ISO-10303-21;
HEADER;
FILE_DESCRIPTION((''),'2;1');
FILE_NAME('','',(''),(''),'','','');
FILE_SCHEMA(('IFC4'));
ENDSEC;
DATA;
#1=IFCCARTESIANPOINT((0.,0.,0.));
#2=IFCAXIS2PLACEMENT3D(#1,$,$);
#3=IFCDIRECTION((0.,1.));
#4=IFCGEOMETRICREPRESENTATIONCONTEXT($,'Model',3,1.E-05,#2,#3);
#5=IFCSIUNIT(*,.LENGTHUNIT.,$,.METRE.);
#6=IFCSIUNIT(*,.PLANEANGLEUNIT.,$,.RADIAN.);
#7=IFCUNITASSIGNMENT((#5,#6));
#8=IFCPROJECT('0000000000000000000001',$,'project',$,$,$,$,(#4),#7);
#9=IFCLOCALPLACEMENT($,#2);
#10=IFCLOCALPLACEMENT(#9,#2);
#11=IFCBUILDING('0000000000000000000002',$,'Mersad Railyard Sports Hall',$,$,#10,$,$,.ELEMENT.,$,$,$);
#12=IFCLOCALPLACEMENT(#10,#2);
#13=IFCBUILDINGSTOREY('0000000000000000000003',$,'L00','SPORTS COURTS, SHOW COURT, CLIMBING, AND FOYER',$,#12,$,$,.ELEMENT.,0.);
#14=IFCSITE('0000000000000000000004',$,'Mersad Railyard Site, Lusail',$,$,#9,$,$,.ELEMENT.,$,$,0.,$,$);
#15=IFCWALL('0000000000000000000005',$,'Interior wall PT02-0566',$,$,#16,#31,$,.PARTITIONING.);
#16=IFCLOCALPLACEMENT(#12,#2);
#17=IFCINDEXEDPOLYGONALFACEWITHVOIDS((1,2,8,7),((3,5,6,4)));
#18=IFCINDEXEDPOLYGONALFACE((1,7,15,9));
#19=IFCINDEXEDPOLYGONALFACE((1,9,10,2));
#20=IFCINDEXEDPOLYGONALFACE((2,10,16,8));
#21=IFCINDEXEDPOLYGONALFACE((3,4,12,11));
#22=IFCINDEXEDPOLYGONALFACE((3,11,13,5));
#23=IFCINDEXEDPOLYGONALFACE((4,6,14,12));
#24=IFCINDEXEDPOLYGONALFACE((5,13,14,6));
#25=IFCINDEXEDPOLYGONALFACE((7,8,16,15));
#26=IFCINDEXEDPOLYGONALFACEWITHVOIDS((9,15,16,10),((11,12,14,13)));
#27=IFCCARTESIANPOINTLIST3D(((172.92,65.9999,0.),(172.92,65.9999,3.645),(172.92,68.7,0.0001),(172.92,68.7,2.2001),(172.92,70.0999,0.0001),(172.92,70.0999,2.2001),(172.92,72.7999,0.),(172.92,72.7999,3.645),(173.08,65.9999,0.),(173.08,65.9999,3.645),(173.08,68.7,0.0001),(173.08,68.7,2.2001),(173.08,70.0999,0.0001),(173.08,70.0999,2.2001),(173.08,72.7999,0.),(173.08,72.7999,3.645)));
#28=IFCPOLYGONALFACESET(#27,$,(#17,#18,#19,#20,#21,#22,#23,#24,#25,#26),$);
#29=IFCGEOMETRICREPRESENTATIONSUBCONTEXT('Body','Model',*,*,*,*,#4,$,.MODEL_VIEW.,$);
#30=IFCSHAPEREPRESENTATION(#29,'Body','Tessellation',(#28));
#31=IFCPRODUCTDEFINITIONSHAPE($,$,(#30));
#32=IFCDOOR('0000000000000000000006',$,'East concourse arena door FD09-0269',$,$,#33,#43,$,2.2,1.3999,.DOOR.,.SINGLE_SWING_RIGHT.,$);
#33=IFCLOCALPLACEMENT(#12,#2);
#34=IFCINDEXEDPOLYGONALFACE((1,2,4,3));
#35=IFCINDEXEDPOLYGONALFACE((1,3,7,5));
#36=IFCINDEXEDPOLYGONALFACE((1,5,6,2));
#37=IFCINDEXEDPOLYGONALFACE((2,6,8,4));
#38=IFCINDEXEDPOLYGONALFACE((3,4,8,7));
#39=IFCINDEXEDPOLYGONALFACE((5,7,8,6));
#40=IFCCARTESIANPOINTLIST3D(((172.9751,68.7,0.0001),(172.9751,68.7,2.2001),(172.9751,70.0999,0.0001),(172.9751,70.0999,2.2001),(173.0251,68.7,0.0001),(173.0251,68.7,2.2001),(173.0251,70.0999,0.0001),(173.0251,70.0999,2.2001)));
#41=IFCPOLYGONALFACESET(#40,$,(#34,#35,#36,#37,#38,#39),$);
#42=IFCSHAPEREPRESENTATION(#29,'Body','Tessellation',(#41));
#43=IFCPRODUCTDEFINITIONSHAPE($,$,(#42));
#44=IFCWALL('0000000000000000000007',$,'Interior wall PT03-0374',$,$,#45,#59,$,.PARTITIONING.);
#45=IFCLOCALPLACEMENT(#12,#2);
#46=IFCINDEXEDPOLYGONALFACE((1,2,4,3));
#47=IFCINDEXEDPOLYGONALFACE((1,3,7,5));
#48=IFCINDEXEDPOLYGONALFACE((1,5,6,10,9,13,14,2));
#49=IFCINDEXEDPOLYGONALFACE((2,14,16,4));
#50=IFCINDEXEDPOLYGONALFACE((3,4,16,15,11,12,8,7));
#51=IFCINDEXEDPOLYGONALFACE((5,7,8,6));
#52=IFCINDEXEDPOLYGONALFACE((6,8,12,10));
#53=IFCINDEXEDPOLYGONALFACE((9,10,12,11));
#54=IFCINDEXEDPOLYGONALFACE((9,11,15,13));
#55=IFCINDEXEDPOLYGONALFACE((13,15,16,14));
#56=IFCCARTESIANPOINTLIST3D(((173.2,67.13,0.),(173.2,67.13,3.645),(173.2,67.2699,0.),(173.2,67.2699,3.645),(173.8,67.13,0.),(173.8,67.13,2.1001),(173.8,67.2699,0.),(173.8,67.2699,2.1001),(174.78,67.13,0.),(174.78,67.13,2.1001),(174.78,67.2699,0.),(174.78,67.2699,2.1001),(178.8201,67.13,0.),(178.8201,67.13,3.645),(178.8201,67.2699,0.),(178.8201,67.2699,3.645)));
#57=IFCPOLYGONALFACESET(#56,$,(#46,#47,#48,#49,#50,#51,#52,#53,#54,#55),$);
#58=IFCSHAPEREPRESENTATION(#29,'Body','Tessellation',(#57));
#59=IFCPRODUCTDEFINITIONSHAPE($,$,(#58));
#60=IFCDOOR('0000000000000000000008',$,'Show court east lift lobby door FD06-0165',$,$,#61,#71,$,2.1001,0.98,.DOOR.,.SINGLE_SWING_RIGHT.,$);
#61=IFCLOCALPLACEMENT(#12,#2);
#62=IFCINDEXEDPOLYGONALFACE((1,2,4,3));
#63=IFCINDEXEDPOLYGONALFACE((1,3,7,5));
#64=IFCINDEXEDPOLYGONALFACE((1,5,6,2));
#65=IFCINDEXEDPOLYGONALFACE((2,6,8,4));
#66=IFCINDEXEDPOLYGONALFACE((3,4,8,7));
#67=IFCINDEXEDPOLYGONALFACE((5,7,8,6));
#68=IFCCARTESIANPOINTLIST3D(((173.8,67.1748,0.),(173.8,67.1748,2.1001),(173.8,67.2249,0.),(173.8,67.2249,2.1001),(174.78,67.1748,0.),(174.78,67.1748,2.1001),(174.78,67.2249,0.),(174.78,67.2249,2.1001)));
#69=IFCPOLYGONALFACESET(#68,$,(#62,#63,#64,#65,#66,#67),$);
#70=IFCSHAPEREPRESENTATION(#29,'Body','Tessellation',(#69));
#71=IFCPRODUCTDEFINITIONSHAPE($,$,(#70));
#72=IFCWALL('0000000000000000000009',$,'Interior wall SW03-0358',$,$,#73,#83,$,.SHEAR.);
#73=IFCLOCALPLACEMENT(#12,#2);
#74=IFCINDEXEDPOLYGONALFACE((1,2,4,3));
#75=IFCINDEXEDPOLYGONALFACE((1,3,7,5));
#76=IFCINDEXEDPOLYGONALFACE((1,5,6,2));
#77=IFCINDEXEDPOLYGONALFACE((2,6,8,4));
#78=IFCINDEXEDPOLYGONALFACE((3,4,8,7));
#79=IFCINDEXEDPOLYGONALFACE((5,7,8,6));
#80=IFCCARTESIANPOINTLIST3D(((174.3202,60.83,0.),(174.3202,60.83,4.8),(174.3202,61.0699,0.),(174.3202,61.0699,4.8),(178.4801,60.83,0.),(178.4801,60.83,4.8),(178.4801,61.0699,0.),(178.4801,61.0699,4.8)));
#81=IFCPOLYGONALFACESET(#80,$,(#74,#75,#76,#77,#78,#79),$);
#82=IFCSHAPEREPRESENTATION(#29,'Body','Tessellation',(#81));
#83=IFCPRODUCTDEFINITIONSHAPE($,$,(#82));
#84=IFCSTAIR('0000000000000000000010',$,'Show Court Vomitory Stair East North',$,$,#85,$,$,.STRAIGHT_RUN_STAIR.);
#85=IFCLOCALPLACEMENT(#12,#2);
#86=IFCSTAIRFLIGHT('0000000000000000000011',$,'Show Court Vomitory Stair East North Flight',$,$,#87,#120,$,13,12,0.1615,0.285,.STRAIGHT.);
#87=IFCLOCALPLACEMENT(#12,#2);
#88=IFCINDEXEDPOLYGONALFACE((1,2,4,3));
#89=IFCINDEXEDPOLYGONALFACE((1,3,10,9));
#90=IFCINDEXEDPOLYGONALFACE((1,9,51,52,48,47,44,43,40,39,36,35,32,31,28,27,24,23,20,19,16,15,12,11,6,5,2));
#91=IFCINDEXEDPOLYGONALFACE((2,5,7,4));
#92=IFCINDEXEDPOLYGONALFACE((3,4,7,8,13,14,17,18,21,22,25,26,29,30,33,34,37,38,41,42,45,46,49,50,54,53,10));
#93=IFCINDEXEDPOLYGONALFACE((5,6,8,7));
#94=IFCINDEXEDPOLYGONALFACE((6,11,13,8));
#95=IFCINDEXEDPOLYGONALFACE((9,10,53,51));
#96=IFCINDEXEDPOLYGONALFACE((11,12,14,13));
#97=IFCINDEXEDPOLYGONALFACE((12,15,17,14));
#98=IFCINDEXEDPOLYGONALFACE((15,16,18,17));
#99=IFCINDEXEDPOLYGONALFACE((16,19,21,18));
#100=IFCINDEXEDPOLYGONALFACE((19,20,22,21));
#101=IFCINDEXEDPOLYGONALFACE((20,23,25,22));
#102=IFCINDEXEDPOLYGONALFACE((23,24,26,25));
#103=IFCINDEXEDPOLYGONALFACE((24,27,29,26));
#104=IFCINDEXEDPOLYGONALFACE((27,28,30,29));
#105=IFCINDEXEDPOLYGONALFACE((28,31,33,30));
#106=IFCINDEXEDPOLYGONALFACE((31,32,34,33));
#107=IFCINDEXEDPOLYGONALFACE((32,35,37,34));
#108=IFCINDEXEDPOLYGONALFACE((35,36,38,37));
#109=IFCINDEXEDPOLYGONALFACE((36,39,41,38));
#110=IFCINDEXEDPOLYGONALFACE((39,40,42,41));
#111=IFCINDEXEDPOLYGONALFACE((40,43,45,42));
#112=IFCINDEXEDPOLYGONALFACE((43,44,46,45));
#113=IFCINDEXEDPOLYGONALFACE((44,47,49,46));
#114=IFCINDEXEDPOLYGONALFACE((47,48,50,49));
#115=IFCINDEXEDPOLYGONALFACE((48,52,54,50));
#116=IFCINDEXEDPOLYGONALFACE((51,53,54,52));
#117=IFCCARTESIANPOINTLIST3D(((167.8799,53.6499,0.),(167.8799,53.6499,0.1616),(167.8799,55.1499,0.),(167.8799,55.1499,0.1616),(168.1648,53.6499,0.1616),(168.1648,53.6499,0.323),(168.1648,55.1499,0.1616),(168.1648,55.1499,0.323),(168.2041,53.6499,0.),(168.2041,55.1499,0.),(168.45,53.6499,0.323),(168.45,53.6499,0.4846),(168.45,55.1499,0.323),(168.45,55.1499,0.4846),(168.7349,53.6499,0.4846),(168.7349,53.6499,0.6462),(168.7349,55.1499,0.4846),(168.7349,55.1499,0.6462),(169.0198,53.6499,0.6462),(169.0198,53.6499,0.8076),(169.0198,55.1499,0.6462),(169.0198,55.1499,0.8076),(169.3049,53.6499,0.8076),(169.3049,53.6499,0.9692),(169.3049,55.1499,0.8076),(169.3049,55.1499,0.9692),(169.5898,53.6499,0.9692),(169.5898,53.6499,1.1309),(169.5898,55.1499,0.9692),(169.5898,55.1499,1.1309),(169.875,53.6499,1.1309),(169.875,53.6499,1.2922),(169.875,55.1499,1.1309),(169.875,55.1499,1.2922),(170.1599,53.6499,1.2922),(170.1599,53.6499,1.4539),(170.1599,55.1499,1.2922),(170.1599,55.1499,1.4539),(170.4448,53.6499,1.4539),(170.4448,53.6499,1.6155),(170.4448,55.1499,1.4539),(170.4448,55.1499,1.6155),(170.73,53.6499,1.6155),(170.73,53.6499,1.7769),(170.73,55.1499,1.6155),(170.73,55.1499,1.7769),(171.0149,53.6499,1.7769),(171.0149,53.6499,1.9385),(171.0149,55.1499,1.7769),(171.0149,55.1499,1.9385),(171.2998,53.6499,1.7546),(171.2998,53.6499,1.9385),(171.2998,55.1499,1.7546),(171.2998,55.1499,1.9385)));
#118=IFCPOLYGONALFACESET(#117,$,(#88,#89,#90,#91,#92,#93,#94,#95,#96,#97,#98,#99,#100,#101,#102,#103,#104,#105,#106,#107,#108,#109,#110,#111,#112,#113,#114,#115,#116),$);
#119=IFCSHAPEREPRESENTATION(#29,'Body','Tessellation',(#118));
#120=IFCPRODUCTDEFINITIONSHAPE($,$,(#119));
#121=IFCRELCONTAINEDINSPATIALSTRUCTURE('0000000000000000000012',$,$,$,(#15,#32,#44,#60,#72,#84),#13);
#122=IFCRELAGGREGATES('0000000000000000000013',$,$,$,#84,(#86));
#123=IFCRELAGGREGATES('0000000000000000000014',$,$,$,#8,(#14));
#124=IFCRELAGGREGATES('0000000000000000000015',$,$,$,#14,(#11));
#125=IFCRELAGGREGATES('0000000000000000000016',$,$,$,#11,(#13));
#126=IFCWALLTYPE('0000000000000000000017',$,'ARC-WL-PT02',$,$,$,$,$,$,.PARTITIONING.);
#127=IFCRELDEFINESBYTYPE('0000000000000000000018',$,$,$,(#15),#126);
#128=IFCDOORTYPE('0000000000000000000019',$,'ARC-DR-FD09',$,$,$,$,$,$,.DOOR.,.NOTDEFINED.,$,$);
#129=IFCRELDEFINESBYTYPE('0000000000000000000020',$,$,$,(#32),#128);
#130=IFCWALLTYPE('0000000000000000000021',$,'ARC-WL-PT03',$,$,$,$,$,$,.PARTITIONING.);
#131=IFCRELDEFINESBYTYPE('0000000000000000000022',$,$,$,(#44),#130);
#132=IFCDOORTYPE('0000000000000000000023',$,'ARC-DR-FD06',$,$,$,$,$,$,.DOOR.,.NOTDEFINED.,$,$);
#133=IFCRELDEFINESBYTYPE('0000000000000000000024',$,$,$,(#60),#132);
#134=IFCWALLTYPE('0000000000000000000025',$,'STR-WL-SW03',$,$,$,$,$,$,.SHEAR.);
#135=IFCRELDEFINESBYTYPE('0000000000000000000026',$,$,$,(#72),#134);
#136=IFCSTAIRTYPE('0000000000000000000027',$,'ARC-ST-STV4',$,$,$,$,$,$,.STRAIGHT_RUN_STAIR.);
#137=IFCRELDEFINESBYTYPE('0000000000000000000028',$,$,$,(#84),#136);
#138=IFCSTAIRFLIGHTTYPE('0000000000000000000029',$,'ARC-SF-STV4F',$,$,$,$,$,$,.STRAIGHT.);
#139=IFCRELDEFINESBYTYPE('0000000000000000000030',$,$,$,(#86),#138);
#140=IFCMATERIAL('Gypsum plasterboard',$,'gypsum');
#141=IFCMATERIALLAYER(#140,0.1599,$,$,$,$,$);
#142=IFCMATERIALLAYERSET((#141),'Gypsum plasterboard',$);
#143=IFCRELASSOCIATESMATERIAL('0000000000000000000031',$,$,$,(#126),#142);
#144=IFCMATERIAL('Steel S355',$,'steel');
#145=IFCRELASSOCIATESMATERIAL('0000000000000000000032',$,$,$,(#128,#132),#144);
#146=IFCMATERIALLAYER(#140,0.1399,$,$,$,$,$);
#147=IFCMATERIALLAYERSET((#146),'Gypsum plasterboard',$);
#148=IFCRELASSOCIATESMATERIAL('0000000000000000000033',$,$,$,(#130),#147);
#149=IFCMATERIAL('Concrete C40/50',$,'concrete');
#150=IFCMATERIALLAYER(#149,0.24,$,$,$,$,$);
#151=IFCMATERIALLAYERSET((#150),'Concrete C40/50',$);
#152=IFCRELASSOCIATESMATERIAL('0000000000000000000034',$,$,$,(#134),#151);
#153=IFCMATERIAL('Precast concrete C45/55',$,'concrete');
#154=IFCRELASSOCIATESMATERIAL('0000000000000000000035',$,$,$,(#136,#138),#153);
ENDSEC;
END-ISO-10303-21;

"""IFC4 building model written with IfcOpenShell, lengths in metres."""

from ifc_helpers import new_model, si_unit, direction, frame, frame_2d, origin, place, context, subcontext, project, spatial, polyline, rectangle, outline, extrude, material, layer, layer_set, type_object, element, fill, aggregate, save


model = new_model("IFC4")

# Units and contexts
model_context = context("Model", 3, precision=1e-05, world=origin(), true_north=direction((0.0, 1.0)))
body_context = subcontext(model_context, "Body", "Model", "MODEL_VIEW")
ifc_project = project(units=[si_unit("LENGTHUNIT", "METRE"), si_unit("PLANEANGLEUNIT", "RADIAN")], contexts=[model_context])

# Site, building, storey
site_placement = place(None, origin())
site = spatial("IfcSite", under=ifc_project, at=site_placement, Name="Mersad Railyard Site, Lusail", CompositionType="ELEMENT", RefElevation=0.0)
building_placement = place(site_placement, origin())
building = spatial("IfcBuilding", under=site, at=building_placement, Name="Mersad Railyard Sports Hall", CompositionType="ELEMENT")
storey_placement = place(building_placement, origin())
storey = spatial("IfcBuildingStorey", under=building, at=storey_placement, Name="L00", Description="SPORTS COURTS, SHOW COURT, CLIMBING, AND FOYER", CompositionType="ELEMENT", Elevation=0.0)

# Shared definitions
ifc_material_1 = material(Name="Concrete C40/50", Category="concrete")

# Walls, openings, doors
ifc_material_2 = material(Name="Precast concrete C45/55", Category="concrete")
ifc_material_3 = material(Name="Steel S355", Category="steel")
ifc_material_4 = material(Name="Gypsum plasterboard", Category="gypsum")
ifc_layer_1 = layer(ifc_material_4, 0.1599)
ifc_layer_set_1 = layer_set([ifc_layer_1], Name="Gypsum plasterboard")
wall_type_1 = type_object("IfcWallType", Name="ARC-WL-PT02", PredefinedType="PARTITIONING", material=ifc_layer_set_1)
wall_1_placement = place(storey_placement, frame((173.0, 66.0, 0.0), z_axis=(0.0, 0.0, 1.0), x_axis=(0.0, 1.0, 0.0)))
wall_1 = element("IfcWall", 1, at=wall_1_placement, inside=storey, type_object=wall_type_1, Name="Interior wall PT02-0566", PredefinedType="PARTITIONING", context=body_context, shape_type="SweptSolid", body=[
    extrude(rectangle(XDim=6.8, YDim=0.1599, at=frame_2d((3.3999, 0.0))), origin(), (0.0, 0.0, 1.0), 3.645),
])
opening_1_placement = place(wall_1_placement, frame((2.7, 0.0, 0.0)))
opening_1 = element("IfcOpeningElement", 2, at=opening_1_placement, cuts=wall_1, PredefinedType="OPENING", context=body_context, shape_type="SweptSolid", body=[
    extrude(rectangle(XDim=1.3999, YDim=2.2, at=frame_2d((0.7, 1.1001))), frame((0.0, 0.0898, 0.0), z_axis=(0.0, -1.0, 0.0), x_axis=(1.0, 0.0, 0.0)), (0.0, 0.0, 1.0), 0.1799),
])
door_type_1 = type_object("IfcDoorType", Name="ARC-DR-FD09", OperationType="NOTDEFINED", PredefinedType="DOOR", material=ifc_material_3)
door_1_placement = place(opening_1_placement, origin())
door_1 = element("IfcDoor", 3, at=door_1_placement, inside=storey, type_object=door_type_1, Name="East concourse arena door FD09-0269", OperationType="SINGLE_SWING_RIGHT", OverallHeight=2.2, OverallWidth=1.3999, PredefinedType="DOOR", context=body_context, shape_type="SweptSolid", body=[
    extrude(rectangle(XDim=1.3999, YDim=2.2, at=frame_2d((0.7, 1.1001))), frame((0.0, 0.0249, 0.0), z_axis=(0.0, -1.0, 0.0), x_axis=(1.0, 0.0, 0.0)), (0.0, 0.0, 1.0), 0.05),
])
fill(opening_1, door_1)
ifc_layer_2 = layer(ifc_material_4, 0.1399)
ifc_layer_set_2 = layer_set([ifc_layer_2], Name="Gypsum plasterboard")
wall_type_2 = type_object("IfcWallType", Name="ARC-WL-PT03", PredefinedType="PARTITIONING", material=ifc_layer_set_2)
wall_2_placement = place(storey_placement, frame((173.2, 67.2, 0.0), z_axis=(0.0, 0.0, 1.0), x_axis=(1.0, 0.0, 0.0)))
wall_2 = element("IfcWall", 4, at=wall_2_placement, inside=storey, type_object=wall_type_2, Name="Interior wall PT03-0374", PredefinedType="PARTITIONING", context=body_context, shape_type="SweptSolid", body=[
    extrude(rectangle(XDim=5.6201, YDim=0.1399, at=frame_2d((2.8101, 0.0))), origin(), (0.0, 0.0, 1.0), 3.645),
])
opening_2_placement = place(wall_2_placement, frame((0.6001, 0.0, 0.0)))
opening_2 = element("IfcOpeningElement", 5, at=opening_2_placement, cuts=wall_2, PredefinedType="OPENING", context=body_context, shape_type="SweptSolid", body=[
    extrude(rectangle(XDim=0.98, YDim=2.1001, at=frame_2d((0.49, 1.05))), frame((0.0, 0.0798, 0.0), z_axis=(0.0, -1.0, 0.0), x_axis=(1.0, 0.0, 0.0)), (0.0, 0.0, 1.0), 0.1599),
])
door_type_2 = type_object("IfcDoorType", Name="ARC-DR-FD06", OperationType="NOTDEFINED", PredefinedType="DOOR", material=ifc_material_3)
door_2_placement = place(opening_2_placement, origin())
door_2 = element("IfcDoor", 6, at=door_2_placement, inside=storey, type_object=door_type_2, Name="Show court east lift lobby door FD06-0165", OperationType="SINGLE_SWING_RIGHT", OverallHeight=2.1001, OverallWidth=0.98, PredefinedType="DOOR", context=body_context, shape_type="SweptSolid", body=[
    extrude(rectangle(XDim=0.98, YDim=2.1001, at=frame_2d((0.49, 1.05))), frame((0.0, 0.0249, 0.0), z_axis=(0.0, -1.0, 0.0), x_axis=(1.0, 0.0, 0.0)), (0.0, 0.0, 1.0), 0.05),
])
fill(opening_2, door_2)

# Wall
ifc_layer_3 = layer(ifc_material_1, 0.24)
ifc_layer_set_3 = layer_set([ifc_layer_3], Name="Concrete C40/50")
wall_type_3 = type_object("IfcWallType", Name="STR-WL-SW03", PredefinedType="SHEAR", material=ifc_layer_set_3)
wall_3_placement = place(storey_placement, frame((174.3201, 60.95, 0.0), z_axis=(0.0, 0.0, 1.0), x_axis=(1.0, 0.0, 0.0)))
element("IfcWall", 7, at=wall_3_placement, inside=storey, type_object=wall_type_3, Name="Interior wall SW03-0358", PredefinedType="SHEAR", context=body_context, shape_type="SweptSolid", body=[
    extrude(rectangle(XDim=4.1599, YDim=0.24, at=frame_2d((2.0801, 0.0))), origin(), (0.0, 0.0, 1.0), 4.8),
])

# Stair, stair flight
stair_type = type_object("IfcStairType", Name="ARC-ST-STV4", PredefinedType="STRAIGHT_RUN_STAIR", material=ifc_material_2)
stair_placement = place(storey_placement, origin())
stair = element("IfcStair", 8, at=stair_placement, inside=storey, type_object=stair_type, Name="Show Court Vomitory Stair East North", PredefinedType="STRAIGHT_RUN_STAIR")
stair_flight_type = type_object("IfcStairFlightType", Name="ARC-SF-STV4F", PredefinedType="STRAIGHT", material=ifc_material_2)
stair_flight_placement = place(storey_placement, frame((167.8799, 54.3999, 0.0), z_axis=(0.0, 0.0, 1.0), x_axis=(1.0, 0.0, 0.0)))
stair_flight = element("IfcStairFlight", 9, at=stair_flight_placement, type_object=stair_flight_type, Name="Show Court Vomitory Stair East North Flight", NumberOfRisers=13, NumberOfTreads=12, PredefinedType="STRAIGHT", RiserHeight=0.1615, TreadLength=0.285, context=body_context, shape_type="SweptSolid", body=[
    extrude(outline(polyline([(0.0, 0.0), (0.0, 0.1616), (0.2849, 0.1616), (0.2849, 0.323), (0.5701, 0.323), (0.5701, 0.4846), (0.855, 0.4846), (0.855, 0.6462), (1.1399, 0.6462), (1.1399, 0.8076), (1.425, 0.8076), (1.425, 0.9692), (1.71, 0.9692), (1.71, 1.1309), (1.9951, 1.1309), (1.9951, 1.2922), (2.28, 1.2922), (2.28, 1.4539), (2.5649, 1.4539), (2.5649, 1.6155), (2.8501, 1.6155), (2.8501, 1.7769), (3.135, 1.7769), (3.135, 1.9385), (3.4199, 1.9385), (3.4199, 2.1001), (3.4199, 1.7546), (0.3242, 0.0), (0.0, 0.0)])), frame((0.0, 0.75, 0.0), z_axis=(0.0, -1.0, 0.0), x_axis=(1.0, 0.0, 0.0)), (0.0, 0.0, 1.0), 1.5),
])
aggregate(stair, [stair_flight])

save(model, "model.ifc")
